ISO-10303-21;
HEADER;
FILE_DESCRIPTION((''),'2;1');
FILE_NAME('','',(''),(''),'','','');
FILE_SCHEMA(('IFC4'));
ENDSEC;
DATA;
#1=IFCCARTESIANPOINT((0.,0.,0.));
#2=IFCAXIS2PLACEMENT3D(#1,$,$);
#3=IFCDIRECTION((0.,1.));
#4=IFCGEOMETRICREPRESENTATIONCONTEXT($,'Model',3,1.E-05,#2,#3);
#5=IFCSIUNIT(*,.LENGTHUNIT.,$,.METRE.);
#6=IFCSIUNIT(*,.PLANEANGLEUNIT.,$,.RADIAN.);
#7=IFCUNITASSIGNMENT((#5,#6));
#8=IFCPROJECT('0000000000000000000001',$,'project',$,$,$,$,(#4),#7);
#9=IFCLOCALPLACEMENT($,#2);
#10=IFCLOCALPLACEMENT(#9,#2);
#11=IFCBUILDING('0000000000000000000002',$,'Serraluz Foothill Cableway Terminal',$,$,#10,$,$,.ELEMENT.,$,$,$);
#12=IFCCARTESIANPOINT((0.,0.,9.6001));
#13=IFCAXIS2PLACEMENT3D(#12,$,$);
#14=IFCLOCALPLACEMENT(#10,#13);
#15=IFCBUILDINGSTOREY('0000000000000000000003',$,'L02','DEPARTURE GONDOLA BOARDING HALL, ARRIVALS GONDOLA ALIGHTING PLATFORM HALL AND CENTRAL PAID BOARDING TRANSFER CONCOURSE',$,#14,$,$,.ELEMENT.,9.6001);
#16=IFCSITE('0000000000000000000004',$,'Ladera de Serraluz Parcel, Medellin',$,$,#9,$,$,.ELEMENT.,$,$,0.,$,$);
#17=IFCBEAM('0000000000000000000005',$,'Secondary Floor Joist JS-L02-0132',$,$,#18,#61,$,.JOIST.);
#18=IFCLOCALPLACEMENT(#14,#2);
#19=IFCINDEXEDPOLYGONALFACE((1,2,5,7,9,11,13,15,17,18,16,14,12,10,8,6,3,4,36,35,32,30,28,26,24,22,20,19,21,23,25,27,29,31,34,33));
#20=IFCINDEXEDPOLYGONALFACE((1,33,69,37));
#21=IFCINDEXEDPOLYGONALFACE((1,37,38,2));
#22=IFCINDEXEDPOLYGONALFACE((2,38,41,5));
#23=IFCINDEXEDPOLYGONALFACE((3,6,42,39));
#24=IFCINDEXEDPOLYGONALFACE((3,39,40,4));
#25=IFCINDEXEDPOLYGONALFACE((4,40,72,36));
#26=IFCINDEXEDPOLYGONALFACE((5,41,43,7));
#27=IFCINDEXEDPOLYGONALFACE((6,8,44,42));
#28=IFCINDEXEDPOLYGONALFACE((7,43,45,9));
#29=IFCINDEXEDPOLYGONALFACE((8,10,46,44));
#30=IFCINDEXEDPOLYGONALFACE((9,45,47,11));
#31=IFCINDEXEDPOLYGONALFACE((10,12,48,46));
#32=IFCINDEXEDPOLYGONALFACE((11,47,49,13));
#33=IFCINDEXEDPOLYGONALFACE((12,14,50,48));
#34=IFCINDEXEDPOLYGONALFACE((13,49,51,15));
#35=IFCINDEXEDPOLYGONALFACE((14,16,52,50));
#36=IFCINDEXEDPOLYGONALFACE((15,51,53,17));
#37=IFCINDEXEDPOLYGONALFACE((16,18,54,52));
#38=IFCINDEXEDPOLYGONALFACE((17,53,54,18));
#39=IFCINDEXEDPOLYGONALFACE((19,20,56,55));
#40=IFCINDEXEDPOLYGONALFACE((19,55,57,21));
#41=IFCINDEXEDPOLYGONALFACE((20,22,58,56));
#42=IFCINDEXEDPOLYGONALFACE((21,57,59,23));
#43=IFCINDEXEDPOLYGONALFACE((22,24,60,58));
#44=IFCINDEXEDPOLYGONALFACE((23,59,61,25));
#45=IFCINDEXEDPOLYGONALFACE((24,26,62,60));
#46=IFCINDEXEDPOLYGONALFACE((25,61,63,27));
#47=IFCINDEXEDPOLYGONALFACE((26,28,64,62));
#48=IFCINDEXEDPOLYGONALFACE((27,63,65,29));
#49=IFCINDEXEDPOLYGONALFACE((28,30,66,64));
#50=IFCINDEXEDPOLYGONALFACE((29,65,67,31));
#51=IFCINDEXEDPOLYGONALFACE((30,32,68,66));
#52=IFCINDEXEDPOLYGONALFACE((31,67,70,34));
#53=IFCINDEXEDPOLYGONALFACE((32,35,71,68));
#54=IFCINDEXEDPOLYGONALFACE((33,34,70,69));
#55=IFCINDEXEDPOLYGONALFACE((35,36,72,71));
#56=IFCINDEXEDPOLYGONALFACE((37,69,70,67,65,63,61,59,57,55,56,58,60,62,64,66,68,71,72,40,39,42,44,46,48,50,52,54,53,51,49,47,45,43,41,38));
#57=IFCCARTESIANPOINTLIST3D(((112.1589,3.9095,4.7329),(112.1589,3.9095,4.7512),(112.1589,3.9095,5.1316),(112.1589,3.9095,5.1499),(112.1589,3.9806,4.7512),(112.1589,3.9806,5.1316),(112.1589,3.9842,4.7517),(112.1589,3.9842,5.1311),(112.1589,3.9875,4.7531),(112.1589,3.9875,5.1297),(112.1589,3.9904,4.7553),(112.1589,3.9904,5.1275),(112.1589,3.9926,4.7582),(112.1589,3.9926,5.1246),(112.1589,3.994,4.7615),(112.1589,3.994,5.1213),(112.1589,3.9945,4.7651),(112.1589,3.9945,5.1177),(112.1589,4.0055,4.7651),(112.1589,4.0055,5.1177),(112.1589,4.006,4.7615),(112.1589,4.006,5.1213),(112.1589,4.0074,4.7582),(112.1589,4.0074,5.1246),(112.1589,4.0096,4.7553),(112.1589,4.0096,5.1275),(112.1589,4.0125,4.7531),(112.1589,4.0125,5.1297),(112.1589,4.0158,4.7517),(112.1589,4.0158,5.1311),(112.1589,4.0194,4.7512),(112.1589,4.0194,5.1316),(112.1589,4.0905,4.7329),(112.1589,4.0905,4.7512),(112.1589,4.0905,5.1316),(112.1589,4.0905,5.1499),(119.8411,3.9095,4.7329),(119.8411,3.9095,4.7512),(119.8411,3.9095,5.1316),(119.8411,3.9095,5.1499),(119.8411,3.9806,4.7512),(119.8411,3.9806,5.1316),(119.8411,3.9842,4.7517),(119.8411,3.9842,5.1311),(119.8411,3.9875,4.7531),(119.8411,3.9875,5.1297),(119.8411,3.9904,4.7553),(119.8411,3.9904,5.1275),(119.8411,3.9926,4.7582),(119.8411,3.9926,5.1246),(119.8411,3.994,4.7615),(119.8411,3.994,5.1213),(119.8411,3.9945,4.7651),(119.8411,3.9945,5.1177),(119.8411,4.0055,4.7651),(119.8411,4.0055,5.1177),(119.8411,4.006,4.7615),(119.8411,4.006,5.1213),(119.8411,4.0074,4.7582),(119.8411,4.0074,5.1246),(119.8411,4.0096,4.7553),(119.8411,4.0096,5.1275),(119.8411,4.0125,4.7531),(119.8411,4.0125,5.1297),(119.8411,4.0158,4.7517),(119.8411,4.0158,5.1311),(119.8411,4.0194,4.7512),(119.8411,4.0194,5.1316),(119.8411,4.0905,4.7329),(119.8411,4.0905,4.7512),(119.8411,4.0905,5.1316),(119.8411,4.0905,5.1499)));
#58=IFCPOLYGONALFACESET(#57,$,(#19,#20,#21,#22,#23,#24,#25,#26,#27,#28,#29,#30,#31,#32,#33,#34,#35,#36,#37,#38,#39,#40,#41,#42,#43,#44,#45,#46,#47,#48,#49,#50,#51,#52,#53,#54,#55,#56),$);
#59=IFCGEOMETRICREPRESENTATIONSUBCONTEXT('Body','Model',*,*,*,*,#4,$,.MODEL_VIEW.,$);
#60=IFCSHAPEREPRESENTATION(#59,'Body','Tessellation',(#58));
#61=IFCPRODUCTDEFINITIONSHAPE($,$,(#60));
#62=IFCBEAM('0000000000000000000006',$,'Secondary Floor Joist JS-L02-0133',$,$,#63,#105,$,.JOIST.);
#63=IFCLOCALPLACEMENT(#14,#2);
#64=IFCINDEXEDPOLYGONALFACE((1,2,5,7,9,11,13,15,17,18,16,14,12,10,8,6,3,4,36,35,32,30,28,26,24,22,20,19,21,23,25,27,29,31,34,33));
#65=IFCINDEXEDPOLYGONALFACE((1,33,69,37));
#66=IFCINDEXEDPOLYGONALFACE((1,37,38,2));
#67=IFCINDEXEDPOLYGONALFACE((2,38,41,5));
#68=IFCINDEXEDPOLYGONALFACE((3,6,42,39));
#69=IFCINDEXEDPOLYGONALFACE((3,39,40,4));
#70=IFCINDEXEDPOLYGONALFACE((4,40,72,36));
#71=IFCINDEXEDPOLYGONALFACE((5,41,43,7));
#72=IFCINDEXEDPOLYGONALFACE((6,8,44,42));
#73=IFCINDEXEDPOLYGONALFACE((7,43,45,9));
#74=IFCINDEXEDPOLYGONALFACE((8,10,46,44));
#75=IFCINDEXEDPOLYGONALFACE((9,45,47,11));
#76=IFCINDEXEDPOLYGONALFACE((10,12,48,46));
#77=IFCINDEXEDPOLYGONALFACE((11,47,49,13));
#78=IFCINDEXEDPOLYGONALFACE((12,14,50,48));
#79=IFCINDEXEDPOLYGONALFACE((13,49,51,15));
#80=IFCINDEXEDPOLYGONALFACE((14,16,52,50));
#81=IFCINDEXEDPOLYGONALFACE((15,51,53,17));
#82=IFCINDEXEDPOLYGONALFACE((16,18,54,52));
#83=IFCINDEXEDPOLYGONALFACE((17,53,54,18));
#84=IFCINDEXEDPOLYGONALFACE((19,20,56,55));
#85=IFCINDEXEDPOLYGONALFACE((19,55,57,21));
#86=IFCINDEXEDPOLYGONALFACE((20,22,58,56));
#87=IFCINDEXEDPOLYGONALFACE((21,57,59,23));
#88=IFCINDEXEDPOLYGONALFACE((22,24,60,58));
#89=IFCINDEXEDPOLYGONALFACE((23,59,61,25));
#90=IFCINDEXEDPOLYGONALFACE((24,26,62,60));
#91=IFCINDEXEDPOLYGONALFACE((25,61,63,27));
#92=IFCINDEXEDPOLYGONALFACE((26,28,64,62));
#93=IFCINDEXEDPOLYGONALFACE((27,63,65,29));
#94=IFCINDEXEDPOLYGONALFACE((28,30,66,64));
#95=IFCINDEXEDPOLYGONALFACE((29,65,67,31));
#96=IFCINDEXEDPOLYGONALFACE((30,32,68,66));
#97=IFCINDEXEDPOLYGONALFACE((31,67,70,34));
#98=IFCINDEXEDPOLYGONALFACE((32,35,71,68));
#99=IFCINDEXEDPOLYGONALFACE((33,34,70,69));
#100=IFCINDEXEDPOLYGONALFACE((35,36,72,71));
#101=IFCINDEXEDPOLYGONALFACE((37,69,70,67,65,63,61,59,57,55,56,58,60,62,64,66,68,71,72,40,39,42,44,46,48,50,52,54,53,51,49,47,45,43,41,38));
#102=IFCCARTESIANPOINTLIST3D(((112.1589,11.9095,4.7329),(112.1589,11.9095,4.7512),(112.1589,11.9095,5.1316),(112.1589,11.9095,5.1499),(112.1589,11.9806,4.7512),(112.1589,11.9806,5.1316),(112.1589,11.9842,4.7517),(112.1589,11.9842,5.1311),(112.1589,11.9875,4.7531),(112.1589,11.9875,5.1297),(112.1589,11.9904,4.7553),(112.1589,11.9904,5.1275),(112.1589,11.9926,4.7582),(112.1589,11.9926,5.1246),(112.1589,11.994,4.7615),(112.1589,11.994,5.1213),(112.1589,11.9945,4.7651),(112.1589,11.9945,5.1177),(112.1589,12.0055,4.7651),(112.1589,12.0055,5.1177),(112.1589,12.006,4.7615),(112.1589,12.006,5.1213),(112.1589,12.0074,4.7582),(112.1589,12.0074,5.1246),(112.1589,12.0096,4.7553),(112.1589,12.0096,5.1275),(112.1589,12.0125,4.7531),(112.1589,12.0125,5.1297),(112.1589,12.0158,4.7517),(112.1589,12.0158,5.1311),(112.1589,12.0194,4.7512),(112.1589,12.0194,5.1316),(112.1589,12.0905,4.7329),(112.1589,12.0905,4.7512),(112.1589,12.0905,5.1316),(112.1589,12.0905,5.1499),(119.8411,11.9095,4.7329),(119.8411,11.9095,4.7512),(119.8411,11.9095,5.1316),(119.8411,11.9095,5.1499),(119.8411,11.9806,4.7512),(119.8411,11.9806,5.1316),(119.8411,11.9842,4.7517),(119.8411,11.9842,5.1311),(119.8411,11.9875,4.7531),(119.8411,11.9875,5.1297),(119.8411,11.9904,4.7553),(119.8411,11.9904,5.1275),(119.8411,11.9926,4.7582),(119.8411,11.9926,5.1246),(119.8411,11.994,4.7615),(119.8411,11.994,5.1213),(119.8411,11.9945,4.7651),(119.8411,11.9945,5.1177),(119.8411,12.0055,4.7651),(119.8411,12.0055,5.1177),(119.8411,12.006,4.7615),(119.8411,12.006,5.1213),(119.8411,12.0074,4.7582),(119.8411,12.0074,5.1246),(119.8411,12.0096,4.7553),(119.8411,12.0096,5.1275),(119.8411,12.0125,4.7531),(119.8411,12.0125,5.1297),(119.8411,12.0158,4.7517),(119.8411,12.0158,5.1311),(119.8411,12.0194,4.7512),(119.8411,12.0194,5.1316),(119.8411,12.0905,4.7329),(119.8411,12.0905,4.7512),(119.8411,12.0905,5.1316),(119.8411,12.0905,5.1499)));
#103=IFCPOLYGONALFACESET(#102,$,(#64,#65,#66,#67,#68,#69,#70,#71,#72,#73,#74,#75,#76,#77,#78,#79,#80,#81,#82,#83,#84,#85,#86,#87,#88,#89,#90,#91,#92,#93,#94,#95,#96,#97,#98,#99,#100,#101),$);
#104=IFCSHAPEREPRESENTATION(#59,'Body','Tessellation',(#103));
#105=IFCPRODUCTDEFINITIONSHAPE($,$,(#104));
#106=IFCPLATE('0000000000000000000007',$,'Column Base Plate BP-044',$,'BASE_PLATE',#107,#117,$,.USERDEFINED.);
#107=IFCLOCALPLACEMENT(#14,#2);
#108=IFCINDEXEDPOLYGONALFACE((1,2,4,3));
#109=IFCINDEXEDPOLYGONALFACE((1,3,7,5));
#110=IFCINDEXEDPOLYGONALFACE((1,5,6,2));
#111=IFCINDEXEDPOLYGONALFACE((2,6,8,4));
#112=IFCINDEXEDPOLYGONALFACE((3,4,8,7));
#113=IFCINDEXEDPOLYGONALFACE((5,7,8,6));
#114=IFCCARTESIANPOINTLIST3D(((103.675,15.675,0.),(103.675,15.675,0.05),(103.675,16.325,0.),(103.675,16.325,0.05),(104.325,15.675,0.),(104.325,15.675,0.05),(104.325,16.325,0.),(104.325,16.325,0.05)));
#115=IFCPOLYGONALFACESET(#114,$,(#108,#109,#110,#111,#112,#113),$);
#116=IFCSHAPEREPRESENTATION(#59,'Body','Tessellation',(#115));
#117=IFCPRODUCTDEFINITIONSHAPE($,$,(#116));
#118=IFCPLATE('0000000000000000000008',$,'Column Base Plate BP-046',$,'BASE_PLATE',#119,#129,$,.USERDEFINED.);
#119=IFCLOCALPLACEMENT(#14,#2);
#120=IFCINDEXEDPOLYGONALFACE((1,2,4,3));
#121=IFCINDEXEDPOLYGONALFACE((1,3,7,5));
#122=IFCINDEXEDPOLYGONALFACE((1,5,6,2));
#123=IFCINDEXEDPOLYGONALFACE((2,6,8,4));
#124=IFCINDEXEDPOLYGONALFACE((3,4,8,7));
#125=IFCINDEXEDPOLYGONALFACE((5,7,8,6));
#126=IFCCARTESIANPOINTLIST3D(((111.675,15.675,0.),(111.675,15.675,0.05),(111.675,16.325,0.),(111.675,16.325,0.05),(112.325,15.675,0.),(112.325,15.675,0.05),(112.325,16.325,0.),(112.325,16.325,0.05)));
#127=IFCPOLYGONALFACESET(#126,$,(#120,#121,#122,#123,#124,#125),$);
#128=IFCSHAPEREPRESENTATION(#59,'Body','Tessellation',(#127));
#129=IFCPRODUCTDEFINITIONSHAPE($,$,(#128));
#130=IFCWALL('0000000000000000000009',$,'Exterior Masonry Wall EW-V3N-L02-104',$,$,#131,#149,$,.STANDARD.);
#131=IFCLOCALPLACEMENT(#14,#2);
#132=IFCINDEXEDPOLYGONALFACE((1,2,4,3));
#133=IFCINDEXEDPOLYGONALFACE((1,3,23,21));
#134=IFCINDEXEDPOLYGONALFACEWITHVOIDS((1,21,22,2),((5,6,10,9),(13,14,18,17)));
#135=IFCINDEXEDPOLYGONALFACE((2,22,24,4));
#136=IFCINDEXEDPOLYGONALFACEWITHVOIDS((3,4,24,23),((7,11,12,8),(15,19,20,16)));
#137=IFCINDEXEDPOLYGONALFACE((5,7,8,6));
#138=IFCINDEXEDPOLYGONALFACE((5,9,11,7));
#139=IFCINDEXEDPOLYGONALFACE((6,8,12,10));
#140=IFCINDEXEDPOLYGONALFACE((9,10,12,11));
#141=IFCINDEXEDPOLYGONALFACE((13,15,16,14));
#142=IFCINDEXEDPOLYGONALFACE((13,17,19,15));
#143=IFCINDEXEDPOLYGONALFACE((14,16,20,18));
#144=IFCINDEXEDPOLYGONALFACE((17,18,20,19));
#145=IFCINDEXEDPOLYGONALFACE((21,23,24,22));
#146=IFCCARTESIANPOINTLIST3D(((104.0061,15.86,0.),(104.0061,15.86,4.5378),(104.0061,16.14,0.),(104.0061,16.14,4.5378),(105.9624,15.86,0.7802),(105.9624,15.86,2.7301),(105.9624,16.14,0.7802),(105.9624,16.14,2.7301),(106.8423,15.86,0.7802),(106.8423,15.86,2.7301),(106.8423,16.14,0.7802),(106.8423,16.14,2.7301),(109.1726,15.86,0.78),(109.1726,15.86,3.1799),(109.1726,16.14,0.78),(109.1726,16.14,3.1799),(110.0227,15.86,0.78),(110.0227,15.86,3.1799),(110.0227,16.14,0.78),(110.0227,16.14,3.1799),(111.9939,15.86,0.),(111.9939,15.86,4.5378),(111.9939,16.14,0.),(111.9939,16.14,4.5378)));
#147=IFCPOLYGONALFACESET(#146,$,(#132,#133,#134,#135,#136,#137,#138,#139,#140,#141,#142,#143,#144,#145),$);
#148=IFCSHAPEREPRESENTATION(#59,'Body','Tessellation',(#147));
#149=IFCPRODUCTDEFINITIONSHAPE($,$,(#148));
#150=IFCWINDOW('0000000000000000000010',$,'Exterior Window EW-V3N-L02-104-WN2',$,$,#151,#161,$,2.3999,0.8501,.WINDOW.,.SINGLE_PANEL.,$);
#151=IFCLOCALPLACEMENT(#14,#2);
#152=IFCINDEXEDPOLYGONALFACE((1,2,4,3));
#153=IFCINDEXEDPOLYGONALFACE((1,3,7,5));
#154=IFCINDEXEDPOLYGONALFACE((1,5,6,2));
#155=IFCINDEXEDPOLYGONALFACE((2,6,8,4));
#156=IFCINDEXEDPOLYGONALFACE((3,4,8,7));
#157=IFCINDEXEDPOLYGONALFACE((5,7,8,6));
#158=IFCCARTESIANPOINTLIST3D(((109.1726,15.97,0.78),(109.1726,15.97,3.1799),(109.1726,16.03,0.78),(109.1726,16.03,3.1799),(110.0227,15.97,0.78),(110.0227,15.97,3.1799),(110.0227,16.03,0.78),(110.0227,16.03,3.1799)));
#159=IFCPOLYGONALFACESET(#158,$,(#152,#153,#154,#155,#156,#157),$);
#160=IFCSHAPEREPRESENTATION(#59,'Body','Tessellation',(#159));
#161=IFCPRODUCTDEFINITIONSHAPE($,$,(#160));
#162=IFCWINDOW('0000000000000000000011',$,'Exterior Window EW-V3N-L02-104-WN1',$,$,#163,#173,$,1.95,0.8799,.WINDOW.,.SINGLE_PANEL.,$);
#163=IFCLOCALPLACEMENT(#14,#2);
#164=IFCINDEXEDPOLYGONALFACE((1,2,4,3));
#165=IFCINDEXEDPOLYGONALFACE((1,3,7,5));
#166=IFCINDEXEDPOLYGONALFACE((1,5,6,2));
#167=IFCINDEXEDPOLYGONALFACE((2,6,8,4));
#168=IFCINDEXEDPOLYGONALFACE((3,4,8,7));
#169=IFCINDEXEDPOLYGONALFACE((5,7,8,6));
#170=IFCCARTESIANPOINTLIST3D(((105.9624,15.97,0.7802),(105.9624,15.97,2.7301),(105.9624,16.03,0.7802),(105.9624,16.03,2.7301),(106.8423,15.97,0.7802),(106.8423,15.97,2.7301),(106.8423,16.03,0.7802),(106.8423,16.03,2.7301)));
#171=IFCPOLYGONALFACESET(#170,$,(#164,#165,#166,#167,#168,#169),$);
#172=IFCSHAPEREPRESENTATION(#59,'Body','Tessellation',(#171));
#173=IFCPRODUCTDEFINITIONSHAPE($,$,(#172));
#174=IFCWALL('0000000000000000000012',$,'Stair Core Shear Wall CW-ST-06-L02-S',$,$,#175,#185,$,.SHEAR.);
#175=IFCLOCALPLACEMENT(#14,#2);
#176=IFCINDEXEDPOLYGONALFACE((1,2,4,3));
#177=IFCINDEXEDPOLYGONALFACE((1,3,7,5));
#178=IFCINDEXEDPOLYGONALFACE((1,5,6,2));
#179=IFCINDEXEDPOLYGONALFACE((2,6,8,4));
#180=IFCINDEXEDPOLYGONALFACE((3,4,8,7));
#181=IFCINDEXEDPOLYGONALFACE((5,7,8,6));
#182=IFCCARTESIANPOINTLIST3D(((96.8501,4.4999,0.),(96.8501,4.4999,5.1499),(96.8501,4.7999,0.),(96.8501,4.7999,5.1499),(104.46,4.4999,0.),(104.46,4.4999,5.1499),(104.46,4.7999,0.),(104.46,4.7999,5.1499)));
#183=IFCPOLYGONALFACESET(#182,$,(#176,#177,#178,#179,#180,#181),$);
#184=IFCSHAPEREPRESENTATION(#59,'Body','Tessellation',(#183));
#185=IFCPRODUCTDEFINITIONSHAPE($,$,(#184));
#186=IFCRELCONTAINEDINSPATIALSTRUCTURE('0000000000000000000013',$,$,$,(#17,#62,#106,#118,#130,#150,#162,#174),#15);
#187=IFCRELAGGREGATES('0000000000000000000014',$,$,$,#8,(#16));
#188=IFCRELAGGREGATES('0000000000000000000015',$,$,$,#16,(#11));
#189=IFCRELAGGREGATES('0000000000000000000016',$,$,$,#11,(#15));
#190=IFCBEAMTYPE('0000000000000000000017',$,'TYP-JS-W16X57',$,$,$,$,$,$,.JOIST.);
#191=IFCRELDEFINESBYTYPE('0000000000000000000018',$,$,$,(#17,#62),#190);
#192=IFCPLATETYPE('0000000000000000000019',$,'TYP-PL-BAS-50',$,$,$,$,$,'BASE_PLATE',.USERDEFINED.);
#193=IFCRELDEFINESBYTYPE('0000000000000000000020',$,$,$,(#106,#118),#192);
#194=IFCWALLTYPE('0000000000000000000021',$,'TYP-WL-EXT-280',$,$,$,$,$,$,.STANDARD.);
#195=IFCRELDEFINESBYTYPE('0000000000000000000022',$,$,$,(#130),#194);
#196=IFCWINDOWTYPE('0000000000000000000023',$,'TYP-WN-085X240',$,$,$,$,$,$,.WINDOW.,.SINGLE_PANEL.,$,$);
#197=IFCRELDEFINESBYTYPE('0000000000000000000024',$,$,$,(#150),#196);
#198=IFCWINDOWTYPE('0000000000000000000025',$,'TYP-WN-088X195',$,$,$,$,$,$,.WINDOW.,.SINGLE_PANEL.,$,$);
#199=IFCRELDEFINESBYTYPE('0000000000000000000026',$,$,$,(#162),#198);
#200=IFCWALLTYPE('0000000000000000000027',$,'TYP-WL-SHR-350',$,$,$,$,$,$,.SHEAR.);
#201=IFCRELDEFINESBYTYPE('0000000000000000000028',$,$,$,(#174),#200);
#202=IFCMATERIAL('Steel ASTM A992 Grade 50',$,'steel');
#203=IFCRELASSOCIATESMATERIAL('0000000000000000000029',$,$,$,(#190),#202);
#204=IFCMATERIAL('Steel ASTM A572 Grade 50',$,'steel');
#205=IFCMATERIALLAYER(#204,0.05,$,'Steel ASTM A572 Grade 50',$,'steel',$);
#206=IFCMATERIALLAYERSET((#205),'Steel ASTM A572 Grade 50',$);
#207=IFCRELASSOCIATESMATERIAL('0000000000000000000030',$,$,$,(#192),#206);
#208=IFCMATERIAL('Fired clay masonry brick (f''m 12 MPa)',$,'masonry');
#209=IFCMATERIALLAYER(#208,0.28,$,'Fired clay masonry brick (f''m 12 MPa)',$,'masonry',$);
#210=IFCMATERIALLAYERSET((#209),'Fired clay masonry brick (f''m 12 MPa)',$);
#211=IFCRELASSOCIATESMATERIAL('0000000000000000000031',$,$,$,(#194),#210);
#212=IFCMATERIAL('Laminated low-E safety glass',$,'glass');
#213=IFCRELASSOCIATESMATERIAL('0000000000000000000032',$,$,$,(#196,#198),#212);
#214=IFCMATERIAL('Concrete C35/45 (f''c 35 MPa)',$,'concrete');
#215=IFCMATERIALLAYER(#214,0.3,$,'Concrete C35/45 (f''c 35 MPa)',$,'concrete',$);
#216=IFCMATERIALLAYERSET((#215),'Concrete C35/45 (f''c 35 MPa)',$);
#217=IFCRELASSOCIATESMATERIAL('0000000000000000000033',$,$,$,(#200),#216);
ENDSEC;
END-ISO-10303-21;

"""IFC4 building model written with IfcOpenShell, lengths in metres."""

from ifc_helpers import new_model, si_unit, direction, frame, frame_2d, origin, origin_2d, place, context, subcontext, project, spatial, rectangle, i_section, extrude, material, layer, layer_set, material_profile, profile_set, type_object, element, fill, save


model = new_model("IFC4")

# Units and contexts
model_context = context("Model", 3, precision=1e-05, world=origin(), true_north=direction((0.0, 1.0)))
body_context = subcontext(model_context, "Body", "Model", "MODEL_VIEW")
ifc_project = project(units=[si_unit("LENGTHUNIT", "METRE"), si_unit("PLANEANGLEUNIT", "RADIAN")], contexts=[model_context])

# Site, building, storey
site_placement = place(None, origin())
site = spatial("IfcSite", under=ifc_project, at=site_placement, Name="Ladera de Serraluz Parcel, Medellin", CompositionType="ELEMENT", RefElevation=0.0)
building_placement = place(site_placement, origin())
building = spatial("IfcBuilding", under=site, at=building_placement, Name="Serraluz Foothill Cableway Terminal", CompositionType="ELEMENT")
storey_placement = place(building_placement, frame((0.0, 0.0, 9.6001)))
storey = spatial("IfcBuildingStorey", under=building, at=storey_placement, Name="L02", Description="DEPARTURE GONDOLA BOARDING HALL, ARRIVALS GONDOLA ALIGHTING PLATFORM HALL AND CENTRAL PAID BOARDING TRANSFER CONCOURSE", CompositionType="ELEMENT", Elevation=9.6001)

# Shared definitions
ifc_material_1 = material(Name="Steel ASTM A992 Grade 50", Category="steel")

# Beams
ifc_material_profile_1 = material_profile(ifc_material_1, i_section(OverallWidth=0.1809, OverallDepth=0.417, WebThickness=0.011, FlangeThickness=0.0183, FilletRadius=0.0139, at=origin_2d()), Name="W16X57")
ifc_profile_set_1 = profile_set([ifc_material_profile_1], Name="Steel ASTM A992 Grade 50")
beam_type_1 = type_object("IfcBeamType", Name="TYP-JS-W16X57", PredefinedType="JOIST", material=ifc_profile_set_1)
for number, where, z_axis, x_axis, name in (
    (1, (112.1589, 4.0, 4.9414), (1.0, 0.0, 0.0), (0.0, 1.0, 0.0), "Secondary Floor Joist JS-L02-0132"),
    (2, (112.1589, 12.0, 4.9414), (1.0, 0.0, 0.0), (0.0, 1.0, 0.0), "Secondary Floor Joist JS-L02-0133"),
):
    element("IfcBeam", number, at=place(storey_placement, frame(where, z_axis=z_axis, x_axis=x_axis)), inside=storey, type_object=beam_type_1, Name=name, PredefinedType="JOIST", context=body_context, shape_type="SweptSolid", body=[
        extrude(i_section(OverallWidth=0.1809, OverallDepth=0.417, WebThickness=0.011, FlangeThickness=0.0183, FilletRadius=0.0139, at=origin_2d()), origin(), (0.0, 0.0, 1.0), 7.6821),
    ])

# Plates
ifc_material_2 = material(Name="Steel ASTM A572 Grade 50", Category="steel")
ifc_layer_1 = layer(ifc_material_2, 0.05, Name="Steel ASTM A572 Grade 50", Category="steel")
ifc_layer_set_1 = layer_set([ifc_layer_1], Name="Steel ASTM A572 Grade 50")
plate_type = type_object("IfcPlateType", Name="TYP-PL-BAS-50", ElementType="BASE_PLATE", PredefinedType="USERDEFINED", material=ifc_layer_set_1)
for number, where, z_axis, x_axis, name in (
    (3, (104.0, 16.0, 0.0), (0.0, 0.0, 1.0), (1.0, 0.0, 0.0), "Column Base Plate BP-044"),
    (4, (112.0, 16.0, 0.0), (0.0, 0.0, 1.0), (1.0, 0.0, 0.0), "Column Base Plate BP-046"),
):
    element("IfcPlate", number, at=place(storey_placement, frame(where, z_axis=z_axis, x_axis=x_axis)), inside=storey, type_object=plate_type, Name=name, ObjectType="BASE_PLATE", PredefinedType="USERDEFINED", context=body_context, shape_type="SweptSolid", body=[
        extrude(rectangle(XDim=0.6499, YDim=0.6499, at=origin_2d()), origin(), (0.0, 0.0, 1.0), 0.05),
    ])

# Wall, openings, windows
ifc_material_3 = material(Name="Fired clay masonry brick (f'm 12 MPa)", Category="masonry")
ifc_layer_2 = layer(ifc_material_3, 0.28, Name="Fired clay masonry brick (f'm 12 MPa)", Category="masonry")
ifc_layer_set_2 = layer_set([ifc_layer_2], Name="Fired clay masonry brick (f'm 12 MPa)")
wall_type_1 = type_object("IfcWallType", Name="TYP-WL-EXT-280", PredefinedType="STANDARD", material=ifc_layer_set_2)
wall_1_placement = place(storey_placement, frame((104.0061, 16.0, 0.0), z_axis=(0.0, 0.0, 1.0), x_axis=(1.0, 0.0, 0.0)))
wall_1 = element("IfcWall", 5, at=wall_1_placement, inside=storey, type_object=wall_type_1, Name="Exterior Masonry Wall EW-V3N-L02-104", PredefinedType="STANDARD", context=body_context, shape_type="SweptSolid", body=[
    extrude(rectangle(XDim=7.9878, YDim=0.28, at=frame_2d((3.9939, 0.0))), origin(), (0.0, 0.0, 1.0), 4.5378),
])
opening_1_placement = place(wall_1_placement, frame((1.9563, 0.0, 0.78)))
opening_1 = element("IfcOpeningElement", 6, at=opening_1_placement, cuts=wall_1, PredefinedType="OPENING", context=body_context, shape_type="SweptSolid", body=[
    extrude(rectangle(XDim=0.8799, YDim=1.95, at=frame_2d((0.4399, 0.9751))), frame((0.0, 0.1499, 0.0), z_axis=(0.0, -1.0, 0.0), x_axis=(1.0, 0.0, 0.0)), (0.0, 0.0, 1.0), 0.3),
])
opening_2_placement = place(wall_1_placement, frame((5.1665, 0.0, 0.78)))
opening_2 = element("IfcOpeningElement", 7, at=opening_2_placement, cuts=wall_1, PredefinedType="OPENING", context=body_context, shape_type="SweptSolid", body=[
    extrude(rectangle(XDim=0.8501, YDim=2.3999, at=frame_2d((0.425, 1.2))), frame((0.0, 0.1499, 0.0), z_axis=(0.0, -1.0, 0.0), x_axis=(1.0, 0.0, 0.0)), (0.0, 0.0, 1.0), 0.3),
])
ifc_material_4 = material(Name="Laminated low-E safety glass", Category="glass")
window_type_1 = type_object("IfcWindowType", Name="TYP-WN-085X240", PartitioningType="SINGLE_PANEL", PredefinedType="WINDOW", material=ifc_material_4)
window_1_placement = place(opening_2_placement, origin())
window_1 = element("IfcWindow", 8, at=window_1_placement, inside=storey, type_object=window_type_1, Name="Exterior Window EW-V3N-L02-104-WN2", OverallHeight=2.3999, OverallWidth=0.8501, PartitioningType="SINGLE_PANEL", PredefinedType="WINDOW", context=body_context, shape_type="SweptSolid", body=[
    extrude(rectangle(XDim=0.8501, YDim=2.3999, at=frame_2d((0.425, 1.2))), frame((0.0, 0.03, 0.0), z_axis=(0.0, -1.0, 0.0), x_axis=(1.0, 0.0, 0.0)), (0.0, 0.0, 1.0), 0.0601),
])
fill(opening_2, window_1)
window_type_2 = type_object("IfcWindowType", Name="TYP-WN-088X195", PartitioningType="SINGLE_PANEL", PredefinedType="WINDOW", material=ifc_material_4)
window_2_placement = place(opening_1_placement, origin())
window_2 = element("IfcWindow", 9, at=window_2_placement, inside=storey, type_object=window_type_2, Name="Exterior Window EW-V3N-L02-104-WN1", OverallHeight=1.95, OverallWidth=0.8799, PartitioningType="SINGLE_PANEL", PredefinedType="WINDOW", context=body_context, shape_type="SweptSolid", body=[
    extrude(rectangle(XDim=0.8799, YDim=1.95, at=frame_2d((0.4399, 0.9751))), frame((0.0, 0.03, 0.0), z_axis=(0.0, -1.0, 0.0), x_axis=(1.0, 0.0, 0.0)), (0.0, 0.0, 1.0), 0.0601),
])
fill(opening_1, window_2)

# Wall
ifc_material_5 = material(Name="Concrete C35/45 (f'c 35 MPa)", Category="concrete")
ifc_layer_3 = layer(ifc_material_5, 0.3, Name="Concrete C35/45 (f'c 35 MPa)", Category="concrete")
ifc_layer_set_3 = layer_set([ifc_layer_3], Name="Concrete C35/45 (f'c 35 MPa)")
wall_type_2 = type_object("IfcWallType", Name="TYP-WL-SHR-350", PredefinedType="SHEAR", material=ifc_layer_set_3)
wall_2_placement = place(storey_placement, frame((104.46, 4.6499, 0.0), z_axis=(0.0, 0.0, 1.0), x_axis=(-1.0, 0.0, 0.0)))
element("IfcWall", 10, at=wall_2_placement, inside=storey, type_object=wall_type_2, Name="Stair Core Shear Wall CW-ST-06-L02-S", PredefinedType="SHEAR", context=body_context, shape_type="SweptSolid", body=[
    extrude(rectangle(XDim=7.6099, YDim=0.3, at=frame_2d((3.8049, 0.0))), origin(), (0.0, 0.0, 1.0), 5.1499),
])

save(model, "model.ifc")
